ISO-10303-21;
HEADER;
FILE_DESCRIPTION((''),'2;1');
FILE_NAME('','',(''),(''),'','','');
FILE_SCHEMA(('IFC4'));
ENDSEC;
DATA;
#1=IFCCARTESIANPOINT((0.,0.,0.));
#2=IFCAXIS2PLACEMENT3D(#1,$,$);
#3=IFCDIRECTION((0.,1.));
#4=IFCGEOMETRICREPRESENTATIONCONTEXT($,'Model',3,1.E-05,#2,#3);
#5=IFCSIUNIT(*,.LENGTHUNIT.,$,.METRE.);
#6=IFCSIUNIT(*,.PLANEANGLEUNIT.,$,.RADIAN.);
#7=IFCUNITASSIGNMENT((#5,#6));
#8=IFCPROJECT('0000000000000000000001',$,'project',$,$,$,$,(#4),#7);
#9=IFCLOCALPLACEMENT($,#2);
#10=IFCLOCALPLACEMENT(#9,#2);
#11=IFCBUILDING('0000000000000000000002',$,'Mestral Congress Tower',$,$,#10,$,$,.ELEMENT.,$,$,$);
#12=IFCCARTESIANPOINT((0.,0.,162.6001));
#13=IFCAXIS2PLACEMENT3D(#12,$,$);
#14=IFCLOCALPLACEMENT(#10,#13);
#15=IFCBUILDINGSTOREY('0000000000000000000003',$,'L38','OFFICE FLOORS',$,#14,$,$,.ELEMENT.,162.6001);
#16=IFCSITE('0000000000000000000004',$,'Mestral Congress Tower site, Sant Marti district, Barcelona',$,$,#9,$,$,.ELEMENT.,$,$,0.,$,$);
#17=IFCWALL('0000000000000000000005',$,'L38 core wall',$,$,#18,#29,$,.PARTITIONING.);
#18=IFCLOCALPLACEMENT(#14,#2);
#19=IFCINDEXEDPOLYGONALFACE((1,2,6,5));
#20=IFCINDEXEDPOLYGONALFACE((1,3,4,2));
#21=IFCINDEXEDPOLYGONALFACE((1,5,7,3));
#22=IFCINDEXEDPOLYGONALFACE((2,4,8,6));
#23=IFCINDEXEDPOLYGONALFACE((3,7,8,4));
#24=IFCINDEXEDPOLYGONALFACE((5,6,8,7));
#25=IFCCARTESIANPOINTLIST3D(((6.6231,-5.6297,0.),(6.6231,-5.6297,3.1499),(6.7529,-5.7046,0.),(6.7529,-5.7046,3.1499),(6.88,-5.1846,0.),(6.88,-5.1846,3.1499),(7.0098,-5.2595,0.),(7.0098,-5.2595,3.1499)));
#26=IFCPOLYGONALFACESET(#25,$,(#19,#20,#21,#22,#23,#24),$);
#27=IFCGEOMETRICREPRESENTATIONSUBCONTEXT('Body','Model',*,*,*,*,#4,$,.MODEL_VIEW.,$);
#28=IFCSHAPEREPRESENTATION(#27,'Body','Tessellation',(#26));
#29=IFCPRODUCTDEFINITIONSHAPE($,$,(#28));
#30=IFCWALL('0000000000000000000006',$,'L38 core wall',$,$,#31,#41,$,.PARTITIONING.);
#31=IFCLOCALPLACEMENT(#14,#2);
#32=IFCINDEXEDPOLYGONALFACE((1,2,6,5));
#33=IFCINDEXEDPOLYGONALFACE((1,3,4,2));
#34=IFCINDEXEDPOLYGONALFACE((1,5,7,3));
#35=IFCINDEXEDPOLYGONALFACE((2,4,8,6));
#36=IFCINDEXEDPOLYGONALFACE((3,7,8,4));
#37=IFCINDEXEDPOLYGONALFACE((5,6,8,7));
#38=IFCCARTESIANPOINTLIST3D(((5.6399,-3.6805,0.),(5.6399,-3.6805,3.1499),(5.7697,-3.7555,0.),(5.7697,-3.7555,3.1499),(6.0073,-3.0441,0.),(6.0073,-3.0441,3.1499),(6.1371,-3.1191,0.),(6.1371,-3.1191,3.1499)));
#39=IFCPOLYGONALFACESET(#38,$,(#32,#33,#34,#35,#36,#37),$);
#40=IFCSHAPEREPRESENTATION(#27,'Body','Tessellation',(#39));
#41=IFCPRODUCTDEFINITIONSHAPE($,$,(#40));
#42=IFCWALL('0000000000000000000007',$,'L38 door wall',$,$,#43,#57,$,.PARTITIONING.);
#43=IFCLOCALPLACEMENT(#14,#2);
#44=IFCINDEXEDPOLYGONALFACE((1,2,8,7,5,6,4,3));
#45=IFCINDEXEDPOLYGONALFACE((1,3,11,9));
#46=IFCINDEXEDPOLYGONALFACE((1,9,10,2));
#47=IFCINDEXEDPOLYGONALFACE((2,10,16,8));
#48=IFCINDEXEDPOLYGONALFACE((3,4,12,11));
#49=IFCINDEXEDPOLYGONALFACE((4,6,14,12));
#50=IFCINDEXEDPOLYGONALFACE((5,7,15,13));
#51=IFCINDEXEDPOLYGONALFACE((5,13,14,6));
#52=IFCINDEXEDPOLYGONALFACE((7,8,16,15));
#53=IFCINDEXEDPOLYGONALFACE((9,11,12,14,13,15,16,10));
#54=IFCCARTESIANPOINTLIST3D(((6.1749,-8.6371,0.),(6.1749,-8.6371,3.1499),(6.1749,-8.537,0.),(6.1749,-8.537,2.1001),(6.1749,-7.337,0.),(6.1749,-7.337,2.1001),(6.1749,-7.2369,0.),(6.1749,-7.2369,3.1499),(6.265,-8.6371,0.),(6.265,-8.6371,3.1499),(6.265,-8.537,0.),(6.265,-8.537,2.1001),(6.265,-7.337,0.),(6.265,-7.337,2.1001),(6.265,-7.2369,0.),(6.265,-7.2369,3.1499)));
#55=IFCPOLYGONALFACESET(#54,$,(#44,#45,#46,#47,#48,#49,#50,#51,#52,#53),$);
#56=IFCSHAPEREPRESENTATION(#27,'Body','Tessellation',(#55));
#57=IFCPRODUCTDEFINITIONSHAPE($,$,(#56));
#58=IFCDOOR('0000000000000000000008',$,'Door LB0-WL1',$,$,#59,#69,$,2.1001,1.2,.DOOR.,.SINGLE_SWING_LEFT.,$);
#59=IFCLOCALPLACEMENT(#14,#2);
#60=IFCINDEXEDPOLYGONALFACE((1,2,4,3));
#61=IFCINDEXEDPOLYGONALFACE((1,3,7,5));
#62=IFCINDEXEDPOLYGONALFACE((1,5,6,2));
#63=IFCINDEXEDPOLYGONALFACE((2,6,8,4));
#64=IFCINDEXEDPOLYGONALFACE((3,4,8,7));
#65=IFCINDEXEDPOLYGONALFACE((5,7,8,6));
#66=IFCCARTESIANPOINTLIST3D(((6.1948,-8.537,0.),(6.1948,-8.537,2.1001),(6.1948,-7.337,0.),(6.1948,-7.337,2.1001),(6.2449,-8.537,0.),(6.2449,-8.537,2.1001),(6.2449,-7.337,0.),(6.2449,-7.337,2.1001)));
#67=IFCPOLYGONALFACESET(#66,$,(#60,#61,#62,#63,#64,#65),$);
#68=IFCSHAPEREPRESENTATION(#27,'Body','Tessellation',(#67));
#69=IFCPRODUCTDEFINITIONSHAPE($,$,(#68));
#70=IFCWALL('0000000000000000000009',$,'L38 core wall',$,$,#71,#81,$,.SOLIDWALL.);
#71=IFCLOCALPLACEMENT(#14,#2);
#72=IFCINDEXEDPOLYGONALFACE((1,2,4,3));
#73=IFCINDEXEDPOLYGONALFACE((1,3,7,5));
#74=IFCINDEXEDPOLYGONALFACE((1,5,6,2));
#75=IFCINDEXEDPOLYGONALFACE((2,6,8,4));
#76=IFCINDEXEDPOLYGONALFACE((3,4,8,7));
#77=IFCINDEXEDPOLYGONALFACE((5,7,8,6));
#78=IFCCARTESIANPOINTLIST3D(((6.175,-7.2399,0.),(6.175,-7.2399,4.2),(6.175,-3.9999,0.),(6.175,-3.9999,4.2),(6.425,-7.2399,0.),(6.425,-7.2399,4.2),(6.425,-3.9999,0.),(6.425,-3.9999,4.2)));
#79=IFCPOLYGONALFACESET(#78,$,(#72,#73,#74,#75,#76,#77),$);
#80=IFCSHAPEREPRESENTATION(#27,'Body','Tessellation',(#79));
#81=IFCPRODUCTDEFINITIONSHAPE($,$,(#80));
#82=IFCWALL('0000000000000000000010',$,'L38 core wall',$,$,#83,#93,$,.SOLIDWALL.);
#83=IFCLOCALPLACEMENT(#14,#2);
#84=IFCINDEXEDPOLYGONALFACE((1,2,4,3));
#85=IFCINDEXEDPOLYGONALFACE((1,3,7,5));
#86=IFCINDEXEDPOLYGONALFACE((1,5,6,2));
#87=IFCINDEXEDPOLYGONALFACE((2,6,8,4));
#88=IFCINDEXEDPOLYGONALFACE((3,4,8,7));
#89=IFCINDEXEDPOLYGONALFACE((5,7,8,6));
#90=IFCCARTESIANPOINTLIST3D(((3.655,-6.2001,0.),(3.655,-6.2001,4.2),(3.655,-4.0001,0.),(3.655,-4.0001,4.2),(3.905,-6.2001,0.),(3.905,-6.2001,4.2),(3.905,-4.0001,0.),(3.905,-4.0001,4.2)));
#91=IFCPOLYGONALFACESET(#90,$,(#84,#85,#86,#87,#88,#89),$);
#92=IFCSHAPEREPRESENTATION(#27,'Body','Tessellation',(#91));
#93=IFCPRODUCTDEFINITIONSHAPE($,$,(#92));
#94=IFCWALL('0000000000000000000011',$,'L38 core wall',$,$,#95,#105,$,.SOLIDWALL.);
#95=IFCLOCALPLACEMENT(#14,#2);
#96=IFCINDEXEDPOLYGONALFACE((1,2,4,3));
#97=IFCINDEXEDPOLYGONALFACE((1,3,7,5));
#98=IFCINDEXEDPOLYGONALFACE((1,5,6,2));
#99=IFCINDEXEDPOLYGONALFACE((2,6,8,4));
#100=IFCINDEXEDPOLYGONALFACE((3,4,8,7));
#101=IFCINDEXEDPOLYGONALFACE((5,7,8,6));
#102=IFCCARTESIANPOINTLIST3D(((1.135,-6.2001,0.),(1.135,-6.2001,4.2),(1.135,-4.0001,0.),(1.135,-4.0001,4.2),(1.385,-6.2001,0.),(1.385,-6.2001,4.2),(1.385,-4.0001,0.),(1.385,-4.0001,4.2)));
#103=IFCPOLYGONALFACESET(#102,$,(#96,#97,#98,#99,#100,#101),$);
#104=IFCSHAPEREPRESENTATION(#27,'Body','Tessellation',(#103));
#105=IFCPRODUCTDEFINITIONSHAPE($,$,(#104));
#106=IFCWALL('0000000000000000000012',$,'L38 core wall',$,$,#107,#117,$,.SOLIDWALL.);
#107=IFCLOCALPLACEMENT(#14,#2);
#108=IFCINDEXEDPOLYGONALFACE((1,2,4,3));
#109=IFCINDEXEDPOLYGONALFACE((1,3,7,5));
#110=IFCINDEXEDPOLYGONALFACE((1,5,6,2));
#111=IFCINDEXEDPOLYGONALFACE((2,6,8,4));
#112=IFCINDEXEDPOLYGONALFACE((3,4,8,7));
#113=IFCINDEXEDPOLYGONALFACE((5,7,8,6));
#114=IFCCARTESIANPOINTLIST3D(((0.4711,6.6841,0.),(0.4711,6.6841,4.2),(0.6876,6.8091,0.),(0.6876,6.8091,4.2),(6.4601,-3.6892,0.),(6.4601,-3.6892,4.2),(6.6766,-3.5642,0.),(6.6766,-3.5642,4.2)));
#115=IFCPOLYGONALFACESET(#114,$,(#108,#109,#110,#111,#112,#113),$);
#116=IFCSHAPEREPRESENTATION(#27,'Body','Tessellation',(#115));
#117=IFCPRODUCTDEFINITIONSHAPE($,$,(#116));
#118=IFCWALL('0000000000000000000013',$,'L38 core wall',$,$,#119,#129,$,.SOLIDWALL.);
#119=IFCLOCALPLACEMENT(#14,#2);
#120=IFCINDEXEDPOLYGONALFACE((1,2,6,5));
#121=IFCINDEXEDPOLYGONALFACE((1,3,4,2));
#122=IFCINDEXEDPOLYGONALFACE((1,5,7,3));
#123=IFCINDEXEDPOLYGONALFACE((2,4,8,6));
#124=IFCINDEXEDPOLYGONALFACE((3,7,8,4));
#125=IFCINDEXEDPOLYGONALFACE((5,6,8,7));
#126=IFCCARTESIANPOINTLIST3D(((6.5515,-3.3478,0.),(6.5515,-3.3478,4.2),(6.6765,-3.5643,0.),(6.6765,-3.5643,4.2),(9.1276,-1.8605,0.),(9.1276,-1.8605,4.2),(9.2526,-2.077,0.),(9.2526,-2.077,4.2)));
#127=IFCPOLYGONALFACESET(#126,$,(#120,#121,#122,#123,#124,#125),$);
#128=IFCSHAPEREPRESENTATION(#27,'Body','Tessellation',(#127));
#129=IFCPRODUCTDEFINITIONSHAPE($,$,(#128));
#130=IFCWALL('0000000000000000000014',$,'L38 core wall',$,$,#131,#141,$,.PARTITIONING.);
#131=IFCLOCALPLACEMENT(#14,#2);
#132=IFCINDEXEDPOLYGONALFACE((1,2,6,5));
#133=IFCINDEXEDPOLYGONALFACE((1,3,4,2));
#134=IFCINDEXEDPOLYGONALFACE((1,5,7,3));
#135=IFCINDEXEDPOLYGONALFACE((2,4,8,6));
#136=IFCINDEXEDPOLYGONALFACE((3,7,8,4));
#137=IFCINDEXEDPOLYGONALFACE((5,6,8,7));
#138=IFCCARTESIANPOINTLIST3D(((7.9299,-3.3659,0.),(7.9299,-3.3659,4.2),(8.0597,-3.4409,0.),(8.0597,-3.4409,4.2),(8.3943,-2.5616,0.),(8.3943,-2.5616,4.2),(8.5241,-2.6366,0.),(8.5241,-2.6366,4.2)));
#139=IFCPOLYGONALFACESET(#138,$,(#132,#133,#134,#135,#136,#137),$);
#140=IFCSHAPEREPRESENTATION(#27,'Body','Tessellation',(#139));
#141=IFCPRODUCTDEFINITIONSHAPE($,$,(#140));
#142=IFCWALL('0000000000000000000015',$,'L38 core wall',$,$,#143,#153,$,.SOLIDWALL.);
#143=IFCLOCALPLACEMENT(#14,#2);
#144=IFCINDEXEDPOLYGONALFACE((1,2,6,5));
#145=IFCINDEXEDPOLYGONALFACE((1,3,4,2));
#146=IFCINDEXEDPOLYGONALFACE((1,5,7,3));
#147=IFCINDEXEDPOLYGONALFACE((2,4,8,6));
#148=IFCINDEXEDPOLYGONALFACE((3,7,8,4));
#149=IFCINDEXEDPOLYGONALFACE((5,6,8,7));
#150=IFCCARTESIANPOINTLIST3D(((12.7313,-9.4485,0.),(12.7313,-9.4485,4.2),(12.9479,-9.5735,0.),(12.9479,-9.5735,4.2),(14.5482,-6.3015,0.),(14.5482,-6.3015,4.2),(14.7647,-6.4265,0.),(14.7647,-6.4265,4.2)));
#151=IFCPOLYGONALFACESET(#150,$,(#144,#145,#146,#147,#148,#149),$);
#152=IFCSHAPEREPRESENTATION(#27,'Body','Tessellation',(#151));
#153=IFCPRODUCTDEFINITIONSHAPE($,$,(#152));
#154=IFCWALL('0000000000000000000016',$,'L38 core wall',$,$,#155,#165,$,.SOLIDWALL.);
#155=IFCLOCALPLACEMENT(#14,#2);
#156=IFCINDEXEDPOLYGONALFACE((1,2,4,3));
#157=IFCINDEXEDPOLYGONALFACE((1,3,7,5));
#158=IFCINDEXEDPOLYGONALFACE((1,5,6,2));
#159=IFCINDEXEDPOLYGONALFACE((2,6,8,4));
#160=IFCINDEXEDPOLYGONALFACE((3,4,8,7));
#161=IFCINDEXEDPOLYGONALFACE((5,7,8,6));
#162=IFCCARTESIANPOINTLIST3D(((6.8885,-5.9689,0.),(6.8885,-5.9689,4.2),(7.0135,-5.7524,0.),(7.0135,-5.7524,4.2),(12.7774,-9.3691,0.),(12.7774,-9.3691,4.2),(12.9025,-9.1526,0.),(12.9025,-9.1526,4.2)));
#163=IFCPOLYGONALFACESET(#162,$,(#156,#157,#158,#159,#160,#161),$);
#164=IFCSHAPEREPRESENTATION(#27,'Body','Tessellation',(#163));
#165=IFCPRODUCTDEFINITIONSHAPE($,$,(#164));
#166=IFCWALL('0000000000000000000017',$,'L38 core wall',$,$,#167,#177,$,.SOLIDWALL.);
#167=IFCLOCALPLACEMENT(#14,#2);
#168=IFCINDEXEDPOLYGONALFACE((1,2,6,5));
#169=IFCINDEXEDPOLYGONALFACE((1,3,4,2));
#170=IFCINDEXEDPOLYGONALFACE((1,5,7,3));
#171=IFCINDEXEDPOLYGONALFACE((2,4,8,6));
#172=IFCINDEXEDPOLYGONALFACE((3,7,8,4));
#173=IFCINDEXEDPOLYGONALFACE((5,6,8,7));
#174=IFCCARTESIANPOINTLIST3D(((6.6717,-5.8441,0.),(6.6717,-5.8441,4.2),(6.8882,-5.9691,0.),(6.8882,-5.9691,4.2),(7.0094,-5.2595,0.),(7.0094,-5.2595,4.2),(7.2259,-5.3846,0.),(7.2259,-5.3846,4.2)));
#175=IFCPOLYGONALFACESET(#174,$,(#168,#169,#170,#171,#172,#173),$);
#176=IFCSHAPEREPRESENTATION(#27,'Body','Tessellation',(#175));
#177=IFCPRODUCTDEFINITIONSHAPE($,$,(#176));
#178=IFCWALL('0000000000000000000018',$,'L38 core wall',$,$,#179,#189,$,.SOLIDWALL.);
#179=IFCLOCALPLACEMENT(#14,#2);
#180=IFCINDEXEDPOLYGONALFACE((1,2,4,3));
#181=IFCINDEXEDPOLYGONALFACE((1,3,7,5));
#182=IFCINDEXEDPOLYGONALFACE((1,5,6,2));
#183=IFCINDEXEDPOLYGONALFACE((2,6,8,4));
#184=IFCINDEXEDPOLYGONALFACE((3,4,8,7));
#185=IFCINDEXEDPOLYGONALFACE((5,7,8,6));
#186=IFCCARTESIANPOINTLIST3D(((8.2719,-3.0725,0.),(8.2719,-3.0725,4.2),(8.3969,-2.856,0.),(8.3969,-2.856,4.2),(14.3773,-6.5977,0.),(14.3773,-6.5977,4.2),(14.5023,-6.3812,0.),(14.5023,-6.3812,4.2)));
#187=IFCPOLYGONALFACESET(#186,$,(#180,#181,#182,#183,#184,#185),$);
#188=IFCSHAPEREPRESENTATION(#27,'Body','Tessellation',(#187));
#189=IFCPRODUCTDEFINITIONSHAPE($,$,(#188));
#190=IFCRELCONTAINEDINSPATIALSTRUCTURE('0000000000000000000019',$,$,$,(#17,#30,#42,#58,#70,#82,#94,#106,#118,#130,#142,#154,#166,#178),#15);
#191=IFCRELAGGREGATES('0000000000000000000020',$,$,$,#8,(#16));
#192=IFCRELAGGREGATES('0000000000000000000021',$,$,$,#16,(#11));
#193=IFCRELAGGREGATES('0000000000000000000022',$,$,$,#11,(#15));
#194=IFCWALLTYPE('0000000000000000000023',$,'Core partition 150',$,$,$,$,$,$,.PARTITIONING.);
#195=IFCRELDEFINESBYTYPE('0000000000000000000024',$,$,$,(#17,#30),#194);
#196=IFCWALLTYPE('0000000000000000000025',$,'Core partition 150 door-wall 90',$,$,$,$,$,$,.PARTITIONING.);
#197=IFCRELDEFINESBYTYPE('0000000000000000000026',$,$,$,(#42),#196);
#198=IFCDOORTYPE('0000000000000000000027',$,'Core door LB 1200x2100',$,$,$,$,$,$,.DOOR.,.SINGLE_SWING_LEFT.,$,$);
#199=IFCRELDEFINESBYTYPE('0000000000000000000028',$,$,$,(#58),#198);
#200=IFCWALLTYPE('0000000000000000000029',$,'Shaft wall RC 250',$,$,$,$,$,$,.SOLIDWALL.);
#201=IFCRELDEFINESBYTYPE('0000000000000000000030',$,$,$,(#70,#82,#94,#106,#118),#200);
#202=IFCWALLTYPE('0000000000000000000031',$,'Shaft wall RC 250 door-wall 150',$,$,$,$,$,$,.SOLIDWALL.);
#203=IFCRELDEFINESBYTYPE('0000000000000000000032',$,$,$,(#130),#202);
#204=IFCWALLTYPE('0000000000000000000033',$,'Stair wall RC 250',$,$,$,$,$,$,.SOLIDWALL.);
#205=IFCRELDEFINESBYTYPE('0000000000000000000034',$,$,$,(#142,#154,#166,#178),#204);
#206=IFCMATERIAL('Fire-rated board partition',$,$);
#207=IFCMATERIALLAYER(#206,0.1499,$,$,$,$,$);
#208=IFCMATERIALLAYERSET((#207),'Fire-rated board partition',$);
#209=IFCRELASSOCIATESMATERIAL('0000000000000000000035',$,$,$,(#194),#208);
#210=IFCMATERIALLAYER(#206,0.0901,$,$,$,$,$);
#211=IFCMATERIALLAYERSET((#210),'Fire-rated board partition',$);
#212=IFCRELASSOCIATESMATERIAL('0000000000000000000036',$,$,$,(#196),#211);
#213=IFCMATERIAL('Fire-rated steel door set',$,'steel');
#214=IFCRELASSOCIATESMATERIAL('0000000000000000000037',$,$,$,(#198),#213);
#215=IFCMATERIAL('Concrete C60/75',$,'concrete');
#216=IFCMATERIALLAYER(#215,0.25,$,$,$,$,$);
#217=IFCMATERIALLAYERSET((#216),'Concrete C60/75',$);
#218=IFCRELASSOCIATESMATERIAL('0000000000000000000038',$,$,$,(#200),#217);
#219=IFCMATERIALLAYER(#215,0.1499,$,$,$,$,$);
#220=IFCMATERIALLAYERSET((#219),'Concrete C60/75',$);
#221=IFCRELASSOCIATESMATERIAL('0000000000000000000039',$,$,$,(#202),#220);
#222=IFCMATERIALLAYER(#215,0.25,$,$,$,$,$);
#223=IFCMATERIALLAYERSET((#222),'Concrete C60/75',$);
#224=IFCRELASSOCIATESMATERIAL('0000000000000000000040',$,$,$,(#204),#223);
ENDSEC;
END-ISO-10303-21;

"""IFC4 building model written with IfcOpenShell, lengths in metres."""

from ifc_helpers import new_model, si_unit, direction, frame, frame_2d, origin, place, context, subcontext, project, spatial, rectangle, extrude, material, layer, layer_set, type_object, element, fill, save


model = new_model("IFC4")

# Units and contexts
model_context = context("Model", 3, precision=1e-05, world=origin(), true_north=direction((0.0, 1.0)))
body_context = subcontext(model_context, "Body", "Model", "MODEL_VIEW")
ifc_project = project(units=[si_unit("LENGTHUNIT", "METRE"), si_unit("PLANEANGLEUNIT", "RADIAN")], contexts=[model_context])

# Site, building, storey
site_placement = place(None, origin())
site = spatial("IfcSite", under=ifc_project, at=site_placement, Name="Mestral Congress Tower site, Sant Marti district, Barcelona", CompositionType="ELEMENT", RefElevation=0.0)
building_placement = place(site_placement, origin())
building = spatial("IfcBuilding", under=site, at=building_placement, Name="Mestral Congress Tower", CompositionType="ELEMENT")
storey_placement = place(building_placement, frame((0.0, 0.0, 162.6001)))
storey = spatial("IfcBuildingStorey", under=building, at=storey_placement, Name="L38", Description="OFFICE FLOORS", CompositionType="ELEMENT", Elevation=162.6001)

# Walls
ifc_material_1 = material(Name="Fire-rated board partition")
ifc_layer_1 = layer(ifc_material_1, 0.1499)
ifc_layer_set_1 = layer_set([ifc_layer_1], Name="Fire-rated board partition")
wall_type_1 = type_object("IfcWallType", Name="Core partition 150", PredefinedType="PARTITIONING", material=ifc_layer_set_1)
wall_1_placement = place(storey_placement, frame((6.9448, -5.2222, 0.0), z_axis=(0.0, 0.0, 1.0), x_axis=(-0.499818, -0.86613, 0.0)))
element("IfcWall", 1, at=wall_1_placement, inside=storey, type_object=wall_type_1, Name="L38 core wall", PredefinedType="PARTITIONING", context=body_context, shape_type="SweptSolid", body=[
    extrude(rectangle(XDim=0.5139, YDim=0.1499, at=frame_2d((0.2568, 0.0))), origin(), (0.0, 0.0, 1.0), 3.1499),
])
wall_2_placement = place(storey_placement, frame((5.7048, -3.718, 0.0), z_axis=(0.0, 0.0, 1.0), x_axis=(0.499962, 0.866047, 0.0)))
element("IfcWall", 2, at=wall_2_placement, inside=storey, type_object=wall_type_1, Name="L38 core wall", PredefinedType="PARTITIONING", context=body_context, shape_type="SweptSolid", body=[
    extrude(rectangle(XDim=0.7349, YDim=0.1499, at=frame_2d((0.3674, 0.0))), origin(), (0.0, 0.0, 1.0), 3.1499),
])

# Wall, opening, door
ifc_layer_2 = layer(ifc_material_1, 0.0901)
ifc_layer_set_2 = layer_set([ifc_layer_2], Name="Fire-rated board partition")
wall_type_2 = type_object("IfcWallType", Name="Core partition 150 door-wall 90", PredefinedType="PARTITIONING", material=ifc_layer_set_2)
wall_3_placement = place(storey_placement, frame((6.22, -7.2368, 0.0), z_axis=(0.0, 0.0, 1.0), x_axis=(0.0, -1.0, 0.0)))
wall_3 = element("IfcWall", 3, at=wall_3_placement, inside=storey, type_object=wall_type_2, Name="L38 door wall", PredefinedType="PARTITIONING", context=body_context, shape_type="SweptSolid", body=[
    extrude(rectangle(XDim=1.4001, YDim=0.0901, at=frame_2d((0.7002, 0.0))), origin(), (0.0, 0.0, 1.0), 3.1499),
])
opening_1_placement = place(wall_3_placement, frame((0.1001, 0.0, 0.0)))
opening_1 = element("IfcOpeningElement", 4, at=opening_1_placement, cuts=wall_3, PredefinedType="OPENING", context=body_context, shape_type="SweptSolid", body=[
    extrude(rectangle(XDim=1.2, YDim=2.1001, at=frame_2d((0.6001, 1.05))), frame((0.0, 0.0549, 0.0), z_axis=(0.0, -1.0, 0.0), x_axis=(1.0, 0.0, 0.0)), (0.0, 0.0, 1.0), 0.1101),
])
ifc_material_2 = material(Name="Fire-rated steel door set", Category="steel")
door_type_1 = type_object("IfcDoorType", Name="Core door LB 1200x2100", OperationType="SINGLE_SWING_LEFT", PredefinedType="DOOR", material=ifc_material_2)
door_1_placement = place(opening_1_placement, origin())
door_1 = element("IfcDoor", 5, at=door_1_placement, inside=storey, type_object=door_type_1, Name="Door LB0-WL1", OperationType="SINGLE_SWING_LEFT", OverallHeight=2.1001, OverallWidth=1.2, PredefinedType="DOOR", context=body_context, shape_type="SweptSolid", body=[
    extrude(rectangle(XDim=1.2, YDim=2.1001, at=frame_2d((0.6001, 1.05))), frame((0.0, 0.0249, 0.0), z_axis=(0.0, -1.0, 0.0), x_axis=(1.0, 0.0, 0.0)), (0.0, 0.0, 1.0), 0.05),
])
fill(opening_1, door_1)

# Walls
ifc_material_3 = material(Name="Concrete C60/75", Category="concrete")
ifc_layer_3 = layer(ifc_material_3, 0.25)
ifc_layer_set_3 = layer_set([ifc_layer_3], Name="Concrete C60/75")
wall_type_3 = type_object("IfcWallType", Name="Shaft wall RC 250", PredefinedType="SOLIDWALL", material=ifc_layer_set_3)
wall_4_placement = place(storey_placement, frame((6.3, -7.24, 0.0), z_axis=(0.0, 0.0, 1.0), x_axis=(0.0, 1.0, 0.0)))
element("IfcWall", 6, at=wall_4_placement, inside=storey, type_object=wall_type_3, Name="L38 core wall", PredefinedType="SOLIDWALL", context=body_context, shape_type="SweptSolid", body=[
    extrude(rectangle(XDim=3.24, YDim=0.25, at=frame_2d((1.6201, 0.0))), origin(), (0.0, 0.0, 1.0), 4.2),
])
for number, where, z_axis, x_axis, name in (
    (7, (3.78, -4.0, 0.0), (0.0, 0.0, 1.0), (0.0, -1.0, 0.0), "L38 core wall"),
    (8, (1.26, -4.0, 0.0), (0.0, 0.0, 1.0), (0.0, -1.0, 0.0), "L38 core wall"),
):
    element("IfcWall", number, at=place(storey_placement, frame(where, z_axis=z_axis, x_axis=x_axis)), inside=storey, type_object=wall_type_3, Name=name, PredefinedType="SOLIDWALL", context=body_context, shape_type="SweptSolid", body=[
        extrude(rectangle(XDim=2.2, YDim=0.25, at=frame_2d((1.1001, 0.0))), origin(), (0.0, 0.0, 1.0), 4.2),
    ])
wall_5_placement = place(storey_placement, frame((6.5684, -3.6267, 0.0), z_axis=(0.0, 0.0, 1.0), x_axis=(-0.499999, 0.866026, 0.0)))
element("IfcWall", 9, at=wall_5_placement, inside=storey, type_object=wall_type_3, Name="L38 core wall", PredefinedType="SOLIDWALL", context=body_context, shape_type="SweptSolid", body=[
    extrude(rectangle(XDim=11.978, YDim=0.25, at=frame_2d((5.989, 0.0))), origin(), (0.0, 0.0, 1.0), 4.2),
])
wall_6_placement = place(storey_placement, frame((6.614, -3.4561, 0.0), z_axis=(0.0, 0.0, 1.0), x_axis=(0.866033, 0.499988, 0.0)))
element("IfcWall", 10, at=wall_6_placement, inside=storey, type_object=wall_type_3, Name="L38 core wall", PredefinedType="SOLIDWALL", context=body_context, shape_type="SweptSolid", body=[
    extrude(rectangle(XDim=2.9746, YDim=0.25, at=frame_2d((1.4873, 0.0))), origin(), (0.0, 0.0, 1.0), 4.2),
])
ifc_layer_4 = layer(ifc_material_3, 0.1499)
ifc_layer_set_4 = layer_set([ifc_layer_4], Name="Concrete C60/75")
wall_type_4 = type_object("IfcWallType", Name="Shaft wall RC 250 door-wall 150", PredefinedType="SOLIDWALL", material=ifc_layer_set_4)
wall_7_placement = place(storey_placement, frame((8.4592, -2.5991, 0.0), z_axis=(0.0, 0.0, 1.0), x_axis=(-0.500041, -0.866002, 0.0)))
element("IfcWall", 11, at=wall_7_placement, inside=storey, type_object=wall_type_4, Name="L38 core wall", PredefinedType="PARTITIONING", context=body_context, shape_type="SweptSolid", body=[
    extrude(rectangle(XDim=0.9287, YDim=0.1499, at=frame_2d((0.4644, 0.0))), origin(), (0.0, 0.0, 1.0), 4.2),
])
ifc_layer_5 = layer(ifc_material_3, 0.25)
ifc_layer_set_5 = layer_set([ifc_layer_5], Name="Concrete C60/75")
wall_type_5 = type_object("IfcWallType", Name="Stair wall RC 250", PredefinedType="SOLIDWALL", material=ifc_layer_set_5)
wall_8_placement = place(storey_placement, frame((12.8396, -9.511, 0.0), z_axis=(0.0, 0.0, 1.0), x_axis=(0.499998, 0.866027, 0.0)))
element("IfcWall", 12, at=wall_8_placement, inside=storey, type_object=wall_type_5, Name="L38 core wall", PredefinedType="SOLIDWALL", context=body_context, shape_type="SweptSolid", body=[
    extrude(rectangle(XDim=3.6338, YDim=0.25, at=frame_2d((1.8169, 0.0))), origin(), (0.0, 0.0, 1.0), 4.2),
])
wall_9_placement = place(storey_placement, frame((12.8398, -9.2607, 0.0), z_axis=(0.0, 0.0, 1.0), x_axis=(-0.866014, 0.50002, 0.0)))
element("IfcWall", 13, at=wall_9_placement, inside=storey, type_object=wall_type_5, Name="L38 core wall", PredefinedType="SOLIDWALL", context=body_context, shape_type="SweptSolid", body=[
    extrude(rectangle(XDim=6.8, YDim=0.25, at=frame_2d((3.3999, 0.0))), origin(), (0.0, 0.0, 1.0), 4.2),
])
wall_10_placement = place(storey_placement, frame((6.78, -5.9065, 0.0), z_axis=(0.0, 0.0, 1.0), x_axis=(0.500223, 0.865896, 0.0)))
element("IfcWall", 14, at=wall_10_placement, inside=storey, type_object=wall_type_5, Name="L38 core wall", PredefinedType="SOLIDWALL", context=body_context, shape_type="SweptSolid", body=[
    extrude(rectangle(XDim=0.675, YDim=0.25, at=frame_2d((0.3374, 0.0))), origin(), (0.0, 0.0, 1.0), 4.2),
])
wall_11_placement = place(storey_placement, frame((8.3345, -2.9644, 0.0), z_axis=(0.0, 0.0, 1.0), x_axis=(0.866016, -0.500016, 0.0)))
element("IfcWall", 15, at=wall_11_placement, inside=storey, type_object=wall_type_5, Name="L38 core wall", PredefinedType="SOLIDWALL", context=body_context, shape_type="SweptSolid", body=[
    extrude(rectangle(XDim=7.05, YDim=0.25, at=frame_2d((3.5249, 0.0))), origin(), (0.0, 0.0, 1.0), 4.2),
])

save(model, "model.ifc")
